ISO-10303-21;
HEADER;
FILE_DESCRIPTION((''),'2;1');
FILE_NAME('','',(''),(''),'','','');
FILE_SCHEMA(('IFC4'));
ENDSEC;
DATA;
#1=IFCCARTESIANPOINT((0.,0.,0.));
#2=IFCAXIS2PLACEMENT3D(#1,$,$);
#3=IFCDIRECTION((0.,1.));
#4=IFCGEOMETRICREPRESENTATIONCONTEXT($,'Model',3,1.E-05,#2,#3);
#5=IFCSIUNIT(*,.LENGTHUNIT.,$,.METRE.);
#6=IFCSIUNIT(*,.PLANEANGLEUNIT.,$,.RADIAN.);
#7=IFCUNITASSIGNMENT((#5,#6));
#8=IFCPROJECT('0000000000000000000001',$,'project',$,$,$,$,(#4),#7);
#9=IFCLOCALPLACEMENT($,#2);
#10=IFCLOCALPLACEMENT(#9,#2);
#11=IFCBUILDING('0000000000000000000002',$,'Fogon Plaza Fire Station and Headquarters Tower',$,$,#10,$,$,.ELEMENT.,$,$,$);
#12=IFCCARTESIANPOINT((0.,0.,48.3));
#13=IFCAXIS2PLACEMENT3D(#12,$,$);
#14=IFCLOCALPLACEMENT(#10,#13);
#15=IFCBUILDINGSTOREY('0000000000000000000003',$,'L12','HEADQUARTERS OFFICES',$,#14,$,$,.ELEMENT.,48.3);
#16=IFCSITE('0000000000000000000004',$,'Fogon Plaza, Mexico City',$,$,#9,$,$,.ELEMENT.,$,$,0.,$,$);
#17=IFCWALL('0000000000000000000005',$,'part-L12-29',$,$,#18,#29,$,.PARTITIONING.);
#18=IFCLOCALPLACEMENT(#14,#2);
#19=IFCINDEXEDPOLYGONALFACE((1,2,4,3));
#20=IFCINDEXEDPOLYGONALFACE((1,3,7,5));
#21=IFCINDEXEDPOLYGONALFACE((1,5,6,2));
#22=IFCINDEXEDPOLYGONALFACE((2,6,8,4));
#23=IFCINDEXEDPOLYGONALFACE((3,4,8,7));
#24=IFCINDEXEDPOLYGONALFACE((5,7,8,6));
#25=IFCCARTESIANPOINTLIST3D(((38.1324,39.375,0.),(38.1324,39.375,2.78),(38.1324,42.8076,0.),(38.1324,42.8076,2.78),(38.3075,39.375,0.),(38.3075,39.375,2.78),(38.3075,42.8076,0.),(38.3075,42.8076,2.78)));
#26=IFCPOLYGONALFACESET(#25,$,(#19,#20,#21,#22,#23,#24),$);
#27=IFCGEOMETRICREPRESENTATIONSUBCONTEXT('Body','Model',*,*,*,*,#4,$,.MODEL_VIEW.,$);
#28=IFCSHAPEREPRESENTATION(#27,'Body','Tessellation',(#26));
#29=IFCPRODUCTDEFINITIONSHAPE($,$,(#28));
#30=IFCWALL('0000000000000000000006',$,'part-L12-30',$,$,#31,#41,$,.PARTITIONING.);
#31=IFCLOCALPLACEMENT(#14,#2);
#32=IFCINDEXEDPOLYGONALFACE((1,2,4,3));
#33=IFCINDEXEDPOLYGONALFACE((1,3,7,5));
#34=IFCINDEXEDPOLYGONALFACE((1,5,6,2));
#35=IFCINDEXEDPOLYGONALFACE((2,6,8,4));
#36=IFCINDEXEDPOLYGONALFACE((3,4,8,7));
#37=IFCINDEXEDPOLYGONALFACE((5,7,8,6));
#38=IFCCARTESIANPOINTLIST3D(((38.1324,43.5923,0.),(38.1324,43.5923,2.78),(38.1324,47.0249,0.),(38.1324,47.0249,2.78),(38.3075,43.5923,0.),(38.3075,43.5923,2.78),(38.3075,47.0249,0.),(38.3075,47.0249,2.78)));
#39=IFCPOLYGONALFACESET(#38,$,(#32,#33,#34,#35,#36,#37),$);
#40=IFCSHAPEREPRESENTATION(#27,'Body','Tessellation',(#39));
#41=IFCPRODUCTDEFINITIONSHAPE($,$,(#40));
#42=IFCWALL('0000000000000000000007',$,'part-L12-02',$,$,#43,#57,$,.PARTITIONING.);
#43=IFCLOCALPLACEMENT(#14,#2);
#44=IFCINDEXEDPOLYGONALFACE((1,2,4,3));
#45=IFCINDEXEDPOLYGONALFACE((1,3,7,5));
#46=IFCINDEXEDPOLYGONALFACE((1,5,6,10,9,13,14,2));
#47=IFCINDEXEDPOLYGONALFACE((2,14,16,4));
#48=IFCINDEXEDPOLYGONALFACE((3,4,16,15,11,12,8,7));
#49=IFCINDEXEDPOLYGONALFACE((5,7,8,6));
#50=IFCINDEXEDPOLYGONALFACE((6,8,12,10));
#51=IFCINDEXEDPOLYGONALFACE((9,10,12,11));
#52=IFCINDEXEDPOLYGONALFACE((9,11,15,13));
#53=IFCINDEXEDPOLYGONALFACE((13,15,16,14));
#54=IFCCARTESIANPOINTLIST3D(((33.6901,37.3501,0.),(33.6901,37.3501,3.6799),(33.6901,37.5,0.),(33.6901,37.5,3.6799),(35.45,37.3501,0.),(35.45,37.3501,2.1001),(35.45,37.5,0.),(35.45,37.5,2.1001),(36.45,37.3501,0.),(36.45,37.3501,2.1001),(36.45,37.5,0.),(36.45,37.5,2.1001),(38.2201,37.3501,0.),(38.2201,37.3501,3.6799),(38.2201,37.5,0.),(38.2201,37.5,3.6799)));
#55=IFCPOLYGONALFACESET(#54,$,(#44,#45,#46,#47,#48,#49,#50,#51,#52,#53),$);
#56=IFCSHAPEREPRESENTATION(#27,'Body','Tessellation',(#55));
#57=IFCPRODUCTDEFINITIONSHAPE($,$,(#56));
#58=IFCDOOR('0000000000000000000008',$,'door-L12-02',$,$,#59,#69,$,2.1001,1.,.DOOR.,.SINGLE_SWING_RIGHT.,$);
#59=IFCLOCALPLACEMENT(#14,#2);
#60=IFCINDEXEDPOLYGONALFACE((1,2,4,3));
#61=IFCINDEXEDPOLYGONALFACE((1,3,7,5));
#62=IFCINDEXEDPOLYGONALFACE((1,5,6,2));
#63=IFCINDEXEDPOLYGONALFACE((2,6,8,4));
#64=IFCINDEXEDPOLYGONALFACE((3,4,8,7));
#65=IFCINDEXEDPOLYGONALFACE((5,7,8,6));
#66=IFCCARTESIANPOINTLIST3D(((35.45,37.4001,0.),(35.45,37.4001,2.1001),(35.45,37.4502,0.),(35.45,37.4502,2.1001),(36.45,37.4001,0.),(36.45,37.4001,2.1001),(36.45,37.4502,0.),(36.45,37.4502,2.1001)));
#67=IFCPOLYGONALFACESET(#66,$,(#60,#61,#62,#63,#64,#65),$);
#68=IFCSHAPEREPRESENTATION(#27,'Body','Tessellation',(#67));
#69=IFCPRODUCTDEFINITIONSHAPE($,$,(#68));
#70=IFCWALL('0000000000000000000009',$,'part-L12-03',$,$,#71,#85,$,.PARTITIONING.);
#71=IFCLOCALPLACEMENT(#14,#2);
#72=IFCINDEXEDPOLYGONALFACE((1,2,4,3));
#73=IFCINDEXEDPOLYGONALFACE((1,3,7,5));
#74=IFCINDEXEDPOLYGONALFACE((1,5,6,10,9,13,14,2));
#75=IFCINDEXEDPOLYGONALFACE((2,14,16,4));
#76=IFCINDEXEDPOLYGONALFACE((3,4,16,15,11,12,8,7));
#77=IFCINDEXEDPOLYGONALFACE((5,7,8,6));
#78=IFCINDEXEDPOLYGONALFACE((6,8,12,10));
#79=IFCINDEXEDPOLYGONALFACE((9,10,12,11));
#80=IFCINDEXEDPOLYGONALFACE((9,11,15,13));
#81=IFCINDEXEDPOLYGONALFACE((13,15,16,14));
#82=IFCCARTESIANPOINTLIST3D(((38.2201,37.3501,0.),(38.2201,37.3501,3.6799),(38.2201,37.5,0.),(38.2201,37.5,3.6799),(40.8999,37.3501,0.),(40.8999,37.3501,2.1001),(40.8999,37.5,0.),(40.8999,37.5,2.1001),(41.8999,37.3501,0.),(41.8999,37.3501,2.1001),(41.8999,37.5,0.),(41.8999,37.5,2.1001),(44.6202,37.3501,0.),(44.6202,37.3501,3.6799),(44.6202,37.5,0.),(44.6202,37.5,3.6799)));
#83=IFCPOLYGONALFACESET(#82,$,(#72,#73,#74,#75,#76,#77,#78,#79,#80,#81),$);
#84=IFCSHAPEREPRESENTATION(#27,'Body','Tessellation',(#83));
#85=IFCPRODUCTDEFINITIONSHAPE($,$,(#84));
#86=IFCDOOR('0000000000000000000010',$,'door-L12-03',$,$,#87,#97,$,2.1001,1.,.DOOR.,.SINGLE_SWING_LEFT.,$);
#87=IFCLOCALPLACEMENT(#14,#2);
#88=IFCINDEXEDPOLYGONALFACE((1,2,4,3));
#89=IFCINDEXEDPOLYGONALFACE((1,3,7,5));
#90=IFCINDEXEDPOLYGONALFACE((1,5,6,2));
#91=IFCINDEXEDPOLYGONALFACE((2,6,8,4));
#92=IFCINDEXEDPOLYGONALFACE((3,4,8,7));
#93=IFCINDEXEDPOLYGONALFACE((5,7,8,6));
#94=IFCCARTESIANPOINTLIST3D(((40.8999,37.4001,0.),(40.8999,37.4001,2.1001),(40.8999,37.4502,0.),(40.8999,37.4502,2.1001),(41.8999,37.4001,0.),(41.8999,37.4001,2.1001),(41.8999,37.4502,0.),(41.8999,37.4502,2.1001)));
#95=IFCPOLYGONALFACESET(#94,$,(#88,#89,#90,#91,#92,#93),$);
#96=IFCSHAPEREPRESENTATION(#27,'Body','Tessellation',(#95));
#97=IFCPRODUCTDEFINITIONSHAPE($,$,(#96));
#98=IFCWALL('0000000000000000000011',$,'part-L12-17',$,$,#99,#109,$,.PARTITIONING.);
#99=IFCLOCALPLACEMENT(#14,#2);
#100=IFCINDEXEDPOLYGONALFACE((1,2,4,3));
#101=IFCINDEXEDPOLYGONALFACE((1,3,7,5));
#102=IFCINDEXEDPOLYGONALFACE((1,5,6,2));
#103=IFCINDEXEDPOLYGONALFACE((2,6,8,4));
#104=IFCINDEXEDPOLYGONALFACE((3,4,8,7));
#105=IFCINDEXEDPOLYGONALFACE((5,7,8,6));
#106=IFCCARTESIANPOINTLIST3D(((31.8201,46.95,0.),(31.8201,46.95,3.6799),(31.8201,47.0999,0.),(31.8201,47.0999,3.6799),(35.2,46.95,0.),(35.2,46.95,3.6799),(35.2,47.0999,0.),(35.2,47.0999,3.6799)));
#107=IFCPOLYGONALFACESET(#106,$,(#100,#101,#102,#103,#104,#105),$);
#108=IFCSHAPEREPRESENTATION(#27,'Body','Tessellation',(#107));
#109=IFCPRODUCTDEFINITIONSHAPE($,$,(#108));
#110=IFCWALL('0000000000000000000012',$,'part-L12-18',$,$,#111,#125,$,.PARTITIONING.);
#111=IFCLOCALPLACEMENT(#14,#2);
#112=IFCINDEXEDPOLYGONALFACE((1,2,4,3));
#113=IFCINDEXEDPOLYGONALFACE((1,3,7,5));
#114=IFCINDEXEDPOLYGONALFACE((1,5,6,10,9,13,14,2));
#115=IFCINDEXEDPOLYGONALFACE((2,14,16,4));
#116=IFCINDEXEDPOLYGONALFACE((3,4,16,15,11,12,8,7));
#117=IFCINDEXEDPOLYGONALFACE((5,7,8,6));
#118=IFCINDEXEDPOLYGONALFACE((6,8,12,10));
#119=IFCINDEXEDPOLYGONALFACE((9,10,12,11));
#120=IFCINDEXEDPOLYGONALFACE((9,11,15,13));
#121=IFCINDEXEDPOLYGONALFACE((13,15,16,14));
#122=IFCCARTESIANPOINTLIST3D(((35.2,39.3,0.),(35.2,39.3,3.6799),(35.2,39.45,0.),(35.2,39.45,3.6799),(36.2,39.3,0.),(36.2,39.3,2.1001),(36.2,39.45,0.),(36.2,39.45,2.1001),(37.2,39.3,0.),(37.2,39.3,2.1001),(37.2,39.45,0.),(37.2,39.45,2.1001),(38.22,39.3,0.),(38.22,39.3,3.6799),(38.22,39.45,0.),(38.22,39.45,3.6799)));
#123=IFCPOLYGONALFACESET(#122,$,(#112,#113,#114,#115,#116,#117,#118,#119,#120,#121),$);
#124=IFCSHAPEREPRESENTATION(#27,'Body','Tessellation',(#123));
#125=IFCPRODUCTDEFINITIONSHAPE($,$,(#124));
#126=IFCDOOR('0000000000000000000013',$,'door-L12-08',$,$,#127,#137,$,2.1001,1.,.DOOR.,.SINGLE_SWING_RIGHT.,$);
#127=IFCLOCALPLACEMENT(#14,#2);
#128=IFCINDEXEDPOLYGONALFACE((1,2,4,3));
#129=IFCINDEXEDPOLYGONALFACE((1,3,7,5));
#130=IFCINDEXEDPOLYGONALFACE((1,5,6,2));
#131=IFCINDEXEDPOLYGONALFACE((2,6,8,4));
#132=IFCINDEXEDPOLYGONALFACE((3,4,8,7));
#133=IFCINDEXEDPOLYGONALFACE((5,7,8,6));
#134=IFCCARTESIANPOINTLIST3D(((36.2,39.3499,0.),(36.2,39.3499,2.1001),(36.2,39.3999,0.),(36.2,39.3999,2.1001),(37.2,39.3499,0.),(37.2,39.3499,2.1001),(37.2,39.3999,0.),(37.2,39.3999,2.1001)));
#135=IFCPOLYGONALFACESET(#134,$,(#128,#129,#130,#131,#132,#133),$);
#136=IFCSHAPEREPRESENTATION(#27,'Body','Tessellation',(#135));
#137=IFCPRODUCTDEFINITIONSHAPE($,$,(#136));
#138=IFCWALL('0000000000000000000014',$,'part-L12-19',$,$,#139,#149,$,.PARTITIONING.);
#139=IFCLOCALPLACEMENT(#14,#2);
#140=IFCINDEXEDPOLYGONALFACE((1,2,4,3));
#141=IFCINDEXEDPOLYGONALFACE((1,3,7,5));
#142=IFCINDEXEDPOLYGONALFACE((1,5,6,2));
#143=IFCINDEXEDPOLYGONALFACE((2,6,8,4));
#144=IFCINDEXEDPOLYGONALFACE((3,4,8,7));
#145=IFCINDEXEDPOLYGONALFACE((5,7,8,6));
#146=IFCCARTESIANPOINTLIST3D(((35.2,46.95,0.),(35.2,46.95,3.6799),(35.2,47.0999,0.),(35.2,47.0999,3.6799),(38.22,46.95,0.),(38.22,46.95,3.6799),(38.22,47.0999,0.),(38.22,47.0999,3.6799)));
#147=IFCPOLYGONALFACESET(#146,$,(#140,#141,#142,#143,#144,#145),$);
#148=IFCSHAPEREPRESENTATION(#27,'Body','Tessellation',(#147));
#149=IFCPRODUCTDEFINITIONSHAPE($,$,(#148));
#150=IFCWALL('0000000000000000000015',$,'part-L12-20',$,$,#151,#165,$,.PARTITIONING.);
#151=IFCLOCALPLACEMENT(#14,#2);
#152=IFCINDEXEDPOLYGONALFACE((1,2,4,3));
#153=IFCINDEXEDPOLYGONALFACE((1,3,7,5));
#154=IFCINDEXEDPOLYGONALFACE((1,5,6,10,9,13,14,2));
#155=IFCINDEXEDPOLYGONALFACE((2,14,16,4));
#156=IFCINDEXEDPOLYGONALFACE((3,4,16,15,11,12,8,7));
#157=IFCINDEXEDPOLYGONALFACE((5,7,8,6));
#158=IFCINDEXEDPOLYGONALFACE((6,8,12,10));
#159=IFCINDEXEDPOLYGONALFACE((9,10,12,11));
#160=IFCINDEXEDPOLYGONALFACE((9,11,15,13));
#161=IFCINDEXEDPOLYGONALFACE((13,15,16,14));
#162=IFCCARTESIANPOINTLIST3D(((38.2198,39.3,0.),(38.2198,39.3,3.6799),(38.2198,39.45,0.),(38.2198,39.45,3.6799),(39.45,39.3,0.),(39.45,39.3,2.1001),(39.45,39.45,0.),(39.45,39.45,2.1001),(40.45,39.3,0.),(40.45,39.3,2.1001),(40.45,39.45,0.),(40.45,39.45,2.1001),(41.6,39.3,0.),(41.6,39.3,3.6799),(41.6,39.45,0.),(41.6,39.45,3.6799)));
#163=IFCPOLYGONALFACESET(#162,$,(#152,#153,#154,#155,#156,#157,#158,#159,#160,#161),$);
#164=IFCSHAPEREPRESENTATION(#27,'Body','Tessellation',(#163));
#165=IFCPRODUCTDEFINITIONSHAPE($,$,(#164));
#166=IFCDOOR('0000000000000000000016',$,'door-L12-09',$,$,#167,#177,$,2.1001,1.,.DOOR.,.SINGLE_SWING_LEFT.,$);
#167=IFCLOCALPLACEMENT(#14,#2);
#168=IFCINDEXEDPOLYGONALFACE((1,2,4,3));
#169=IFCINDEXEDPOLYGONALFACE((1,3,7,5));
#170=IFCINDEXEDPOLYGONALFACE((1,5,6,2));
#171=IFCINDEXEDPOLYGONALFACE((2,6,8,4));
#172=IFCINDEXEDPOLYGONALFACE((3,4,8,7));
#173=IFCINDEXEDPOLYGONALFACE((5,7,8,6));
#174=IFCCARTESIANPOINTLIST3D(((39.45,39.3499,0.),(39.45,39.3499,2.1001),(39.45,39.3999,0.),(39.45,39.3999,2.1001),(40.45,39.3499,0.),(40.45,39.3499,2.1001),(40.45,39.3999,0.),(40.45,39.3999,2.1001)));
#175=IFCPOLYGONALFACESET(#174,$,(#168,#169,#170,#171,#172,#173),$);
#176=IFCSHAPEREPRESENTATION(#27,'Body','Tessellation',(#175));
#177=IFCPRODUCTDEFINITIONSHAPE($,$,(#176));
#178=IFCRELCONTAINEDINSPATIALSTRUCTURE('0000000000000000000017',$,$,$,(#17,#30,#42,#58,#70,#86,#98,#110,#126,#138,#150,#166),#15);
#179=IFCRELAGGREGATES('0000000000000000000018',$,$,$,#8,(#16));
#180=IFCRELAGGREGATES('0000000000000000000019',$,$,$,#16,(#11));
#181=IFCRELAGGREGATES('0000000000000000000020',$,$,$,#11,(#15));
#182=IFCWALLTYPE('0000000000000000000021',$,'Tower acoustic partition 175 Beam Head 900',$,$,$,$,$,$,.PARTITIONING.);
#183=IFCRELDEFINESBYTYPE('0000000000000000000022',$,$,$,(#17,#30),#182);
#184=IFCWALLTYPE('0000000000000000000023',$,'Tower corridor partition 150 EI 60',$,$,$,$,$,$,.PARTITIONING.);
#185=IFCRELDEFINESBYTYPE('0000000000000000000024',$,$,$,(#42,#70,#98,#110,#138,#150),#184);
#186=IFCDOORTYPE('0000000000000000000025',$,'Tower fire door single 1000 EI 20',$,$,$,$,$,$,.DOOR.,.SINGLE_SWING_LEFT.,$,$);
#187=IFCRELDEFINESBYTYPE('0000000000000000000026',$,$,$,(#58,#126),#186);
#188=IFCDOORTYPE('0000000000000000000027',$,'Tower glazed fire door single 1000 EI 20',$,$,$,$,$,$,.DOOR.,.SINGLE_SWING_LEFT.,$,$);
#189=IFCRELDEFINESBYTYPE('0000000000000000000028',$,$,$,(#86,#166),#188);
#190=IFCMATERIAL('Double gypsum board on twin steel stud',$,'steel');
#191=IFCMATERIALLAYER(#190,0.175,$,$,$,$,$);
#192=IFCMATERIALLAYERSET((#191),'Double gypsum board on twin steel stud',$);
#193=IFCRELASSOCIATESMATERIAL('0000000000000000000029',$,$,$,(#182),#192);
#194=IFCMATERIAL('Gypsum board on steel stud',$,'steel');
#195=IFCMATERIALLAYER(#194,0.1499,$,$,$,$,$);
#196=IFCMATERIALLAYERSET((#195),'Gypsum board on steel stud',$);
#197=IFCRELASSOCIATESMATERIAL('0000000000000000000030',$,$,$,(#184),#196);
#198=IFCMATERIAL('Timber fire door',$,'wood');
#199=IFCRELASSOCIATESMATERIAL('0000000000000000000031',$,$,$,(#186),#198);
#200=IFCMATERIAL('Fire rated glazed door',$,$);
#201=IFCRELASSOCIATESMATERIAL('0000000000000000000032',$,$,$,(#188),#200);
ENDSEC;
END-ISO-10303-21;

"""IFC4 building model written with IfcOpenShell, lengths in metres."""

from ifc_helpers import new_model, si_unit, direction, frame, frame_2d, origin, place, context, subcontext, project, spatial, rectangle, extrude, material, layer, layer_set, type_object, element, fill, save


model = new_model("IFC4")

# Units and contexts
model_context = context("Model", 3, precision=1e-05, world=origin(), true_north=direction((0.0, 1.0)))
body_context = subcontext(model_context, "Body", "Model", "MODEL_VIEW")
ifc_project = project(units=[si_unit("LENGTHUNIT", "METRE"), si_unit("PLANEANGLEUNIT", "RADIAN")], contexts=[model_context])

# Site, building, storey
site_placement = place(None, origin())
site = spatial("IfcSite", under=ifc_project, at=site_placement, Name="Fogon Plaza, Mexico City", CompositionType="ELEMENT", RefElevation=0.0)
building_placement = place(site_placement, origin())
building = spatial("IfcBuilding", under=site, at=building_placement, Name="Fogon Plaza Fire Station and Headquarters Tower", CompositionType="ELEMENT")
storey_placement = place(building_placement, frame((0.0, 0.0, 48.3)))
storey = spatial("IfcBuildingStorey", under=building, at=storey_placement, Name="L12", Description="HEADQUARTERS OFFICES", CompositionType="ELEMENT", Elevation=48.3)

# Walls
ifc_material_1 = material(Name="Double gypsum board on twin steel stud", Category="steel")
ifc_layer_1 = layer(ifc_material_1, 0.175)
ifc_layer_set_1 = layer_set([ifc_layer_1], Name="Double gypsum board on twin steel stud")
wall_type_1 = type_object("IfcWallType", Name="Tower acoustic partition 175 Beam Head 900", PredefinedType="PARTITIONING", material=ifc_layer_set_1)
for number, where, z_axis, x_axis, name in (
    (1, (38.22, 39.375, 0.0), (0.0, 0.0, 1.0), (0.0, 1.0, 0.0), "part-L12-29"),
    (2, (38.22, 43.5923, 0.0), (0.0, 0.0, 1.0), (0.0, 1.0, 0.0), "part-L12-30"),
):
    element("IfcWall", number, at=place(storey_placement, frame(where, z_axis=z_axis, x_axis=x_axis)), inside=storey, type_object=wall_type_1, Name=name, PredefinedType="PARTITIONING", context=body_context, shape_type="SweptSolid", body=[
        extrude(rectangle(XDim=3.4326, YDim=0.175, at=frame_2d((1.7163, 0.0))), origin(), (0.0, 0.0, 1.0), 2.78),
    ])

# Walls, openings, doors
ifc_material_2 = material(Name="Gypsum board on steel stud", Category="steel")
ifc_layer_2 = layer(ifc_material_2, 0.1499)
ifc_layer_set_2 = layer_set([ifc_layer_2], Name="Gypsum board on steel stud")
wall_type_2 = type_object("IfcWallType", Name="Tower corridor partition 150 EI 60", PredefinedType="PARTITIONING", material=ifc_layer_set_2)
wall_1_placement = place(storey_placement, frame((33.6899, 37.425, 0.0), z_axis=(0.0, 0.0, 1.0), x_axis=(1.0, 0.0, 0.0)))
wall_1 = element("IfcWall", 3, at=wall_1_placement, inside=storey, type_object=wall_type_2, Name="part-L12-02", PredefinedType="PARTITIONING", context=body_context, shape_type="SweptSolid", body=[
    extrude(rectangle(XDim=4.53, YDim=0.1499, at=frame_2d((2.2651, 0.0))), origin(), (0.0, 0.0, 1.0), 3.6799),
])
opening_1_placement = place(wall_1_placement, frame((1.76, 0.0, 0.0)))
opening_1 = element("IfcOpeningElement", 4, at=opening_1_placement, cuts=wall_1, PredefinedType="OPENING", context=body_context, shape_type="SweptSolid", body=[
    extrude(rectangle(XDim=1.0, YDim=2.1001, at=frame_2d((0.5, 1.05))), frame((0.0, 0.085, 0.0), z_axis=(0.0, -1.0, 0.0), x_axis=(1.0, 0.0, 0.0)), (0.0, 0.0, 1.0), 0.1699),
])
ifc_material_3 = material(Name="Timber fire door", Category="wood")
door_type_1 = type_object("IfcDoorType", Name="Tower fire door single 1000 EI 20", OperationType="SINGLE_SWING_LEFT", PredefinedType="DOOR", material=ifc_material_3)
door_1_placement = place(opening_1_placement, frame((1.0, 0.0, 0.0), z_axis=(0.0, 0.0, 1.0), x_axis=(-1.0, 0.0, 0.0)))
door_1 = element("IfcDoor", 5, at=door_1_placement, inside=storey, type_object=door_type_1, Name="door-L12-02", OperationType="SINGLE_SWING_RIGHT", OverallHeight=2.1001, OverallWidth=1.0, PredefinedType="DOOR", context=body_context, shape_type="SweptSolid", body=[
    extrude(rectangle(XDim=1.0, YDim=2.1001, at=frame_2d((0.5, 1.05))), frame((0.0, 0.0249, 0.0), z_axis=(0.0, -1.0, 0.0), x_axis=(1.0, 0.0, 0.0)), (0.0, 0.0, 1.0), 0.05),
])
fill(opening_1, door_1)
wall_2_placement = place(storey_placement, frame((38.22, 37.425, 0.0), z_axis=(0.0, 0.0, 1.0), x_axis=(1.0, 0.0, 0.0)))
wall_2 = element("IfcWall", 6, at=wall_2_placement, inside=storey, type_object=wall_type_2, Name="part-L12-03", PredefinedType="PARTITIONING", context=body_context, shape_type="SweptSolid", body=[
    extrude(rectangle(XDim=6.4001, YDim=0.1499, at=frame_2d((3.2002, 0.0))), origin(), (0.0, 0.0, 1.0), 3.6799),
])
opening_2_placement = place(wall_2_placement, frame((2.6799, 0.0, 0.0)))
opening_2 = element("IfcOpeningElement", 7, at=opening_2_placement, cuts=wall_2, PredefinedType="OPENING", context=body_context, shape_type="SweptSolid", body=[
    extrude(rectangle(XDim=1.0, YDim=2.1001, at=frame_2d((0.5, 1.05))), frame((0.0, 0.085, 0.0), z_axis=(0.0, -1.0, 0.0), x_axis=(1.0, 0.0, 0.0)), (0.0, 0.0, 1.0), 0.1699),
])
ifc_material_4 = material(Name="Fire rated glazed door")
door_type_2 = type_object("IfcDoorType", Name="Tower glazed fire door single 1000 EI 20", OperationType="SINGLE_SWING_LEFT", PredefinedType="DOOR", material=ifc_material_4)
door_2_placement = place(opening_2_placement, frame((1.0, 0.0, 0.0), z_axis=(0.0, 0.0, 1.0), x_axis=(-1.0, 0.0, 0.0)))
door_2 = element("IfcDoor", 8, at=door_2_placement, inside=storey, type_object=door_type_2, Name="door-L12-03", OperationType="SINGLE_SWING_LEFT", OverallHeight=2.1001, OverallWidth=1.0, PredefinedType="DOOR", context=body_context, shape_type="SweptSolid", body=[
    extrude(rectangle(XDim=1.0, YDim=2.1001, at=frame_2d((0.5, 1.05))), frame((0.0, 0.0249, 0.0), z_axis=(0.0, -1.0, 0.0), x_axis=(1.0, 0.0, 0.0)), (0.0, 0.0, 1.0), 0.05),
])
fill(opening_2, door_2)

# Wall
wall_3_placement = place(storey_placement, frame((31.8201, 47.0249, 0.0), z_axis=(0.0, 0.0, 1.0), x_axis=(1.0, 0.0, 0.0)))
element("IfcWall", 9, at=wall_3_placement, inside=storey, type_object=wall_type_2, Name="part-L12-17", PredefinedType="PARTITIONING", context=body_context, shape_type="SweptSolid", body=[
    extrude(rectangle(XDim=3.3799, YDim=0.1499, at=frame_2d((1.6899, 0.0))), origin(), (0.0, 0.0, 1.0), 3.6799),
])

# Wall, opening, door
wall_4_placement = place(storey_placement, frame((35.2, 39.375, 0.0), z_axis=(0.0, 0.0, 1.0), x_axis=(1.0, 0.0, 0.0)))
wall_4 = element("IfcWall", 10, at=wall_4_placement, inside=storey, type_object=wall_type_2, Name="part-L12-18", PredefinedType="PARTITIONING", context=body_context, shape_type="SweptSolid", body=[
    extrude(rectangle(XDim=3.02, YDim=0.1499, at=frame_2d((1.51, 0.0))), origin(), (0.0, 0.0, 1.0), 3.6799),
])
opening_3_placement = place(wall_4_placement, frame((1.0, 0.0, 0.0)))
opening_3 = element("IfcOpeningElement", 11, at=opening_3_placement, cuts=wall_4, PredefinedType="OPENING", context=body_context, shape_type="SweptSolid", body=[
    extrude(rectangle(XDim=1.0, YDim=2.1001, at=frame_2d((0.5, 1.05))), frame((0.0, 0.085, 0.0), z_axis=(0.0, -1.0, 0.0), x_axis=(1.0, 0.0, 0.0)), (0.0, 0.0, 1.0), 0.1699),
])
door_3_placement = place(opening_3_placement, origin())
door_3 = element("IfcDoor", 12, at=door_3_placement, inside=storey, type_object=door_type_1, Name="door-L12-08", OperationType="SINGLE_SWING_RIGHT", OverallHeight=2.1001, OverallWidth=1.0, PredefinedType="DOOR", context=body_context, shape_type="SweptSolid", body=[
    extrude(rectangle(XDim=1.0, YDim=2.1001, at=frame_2d((0.5, 1.05))), frame((0.0, 0.0249, 0.0), z_axis=(0.0, -1.0, 0.0), x_axis=(1.0, 0.0, 0.0)), (0.0, 0.0, 1.0), 0.05),
])
fill(opening_3, door_3)

# Wall
wall_5_placement = place(storey_placement, frame((35.2, 47.0249, 0.0), z_axis=(0.0, 0.0, 1.0), x_axis=(1.0, 0.0, 0.0)))
element("IfcWall", 13, at=wall_5_placement, inside=storey, type_object=wall_type_2, Name="part-L12-19", PredefinedType="PARTITIONING", context=body_context, shape_type="SweptSolid", body=[
    extrude(rectangle(XDim=3.02, YDim=0.1499, at=frame_2d((1.51, 0.0))), origin(), (0.0, 0.0, 1.0), 3.6799),
])

# Wall, opening, door
wall_6_placement = place(storey_placement, frame((38.22, 39.375, 0.0), z_axis=(0.0, 0.0, 1.0), x_axis=(1.0, 0.0, 0.0)))
wall_6 = element("IfcWall", 14, at=wall_6_placement, inside=storey, type_object=wall_type_2, Name="part-L12-20", PredefinedType="PARTITIONING", context=body_context, shape_type="SweptSolid", body=[
    extrude(rectangle(XDim=3.3801, YDim=0.1499, at=frame_2d((1.6899, 0.0))), origin(), (0.0, 0.0, 1.0), 3.6799),
])
opening_4_placement = place(wall_6_placement, frame((1.23, 0.0, 0.0)))
opening_4 = element("IfcOpeningElement", 15, at=opening_4_placement, cuts=wall_6, PredefinedType="OPENING", context=body_context, shape_type="SweptSolid", body=[
    extrude(rectangle(XDim=1.0, YDim=2.1001, at=frame_2d((0.5, 1.05))), frame((0.0, 0.085, 0.0), z_axis=(0.0, -1.0, 0.0), x_axis=(1.0, 0.0, 0.0)), (0.0, 0.0, 1.0), 0.1699),
])
door_4_placement = place(opening_4_placement, origin())
door_4 = element("IfcDoor", 16, at=door_4_placement, inside=storey, type_object=door_type_2, Name="door-L12-09", OperationType="SINGLE_SWING_LEFT", OverallHeight=2.1001, OverallWidth=1.0, PredefinedType="DOOR", context=body_context, shape_type="SweptSolid", body=[
    extrude(rectangle(XDim=1.0, YDim=2.1001, at=frame_2d((0.5, 1.05))), frame((0.0, 0.0249, 0.0), z_axis=(0.0, -1.0, 0.0), x_axis=(1.0, 0.0, 0.0)), (0.0, 0.0, 1.0), 0.05),
])
fill(opening_4, door_4)

save(model, "model.ifc")
